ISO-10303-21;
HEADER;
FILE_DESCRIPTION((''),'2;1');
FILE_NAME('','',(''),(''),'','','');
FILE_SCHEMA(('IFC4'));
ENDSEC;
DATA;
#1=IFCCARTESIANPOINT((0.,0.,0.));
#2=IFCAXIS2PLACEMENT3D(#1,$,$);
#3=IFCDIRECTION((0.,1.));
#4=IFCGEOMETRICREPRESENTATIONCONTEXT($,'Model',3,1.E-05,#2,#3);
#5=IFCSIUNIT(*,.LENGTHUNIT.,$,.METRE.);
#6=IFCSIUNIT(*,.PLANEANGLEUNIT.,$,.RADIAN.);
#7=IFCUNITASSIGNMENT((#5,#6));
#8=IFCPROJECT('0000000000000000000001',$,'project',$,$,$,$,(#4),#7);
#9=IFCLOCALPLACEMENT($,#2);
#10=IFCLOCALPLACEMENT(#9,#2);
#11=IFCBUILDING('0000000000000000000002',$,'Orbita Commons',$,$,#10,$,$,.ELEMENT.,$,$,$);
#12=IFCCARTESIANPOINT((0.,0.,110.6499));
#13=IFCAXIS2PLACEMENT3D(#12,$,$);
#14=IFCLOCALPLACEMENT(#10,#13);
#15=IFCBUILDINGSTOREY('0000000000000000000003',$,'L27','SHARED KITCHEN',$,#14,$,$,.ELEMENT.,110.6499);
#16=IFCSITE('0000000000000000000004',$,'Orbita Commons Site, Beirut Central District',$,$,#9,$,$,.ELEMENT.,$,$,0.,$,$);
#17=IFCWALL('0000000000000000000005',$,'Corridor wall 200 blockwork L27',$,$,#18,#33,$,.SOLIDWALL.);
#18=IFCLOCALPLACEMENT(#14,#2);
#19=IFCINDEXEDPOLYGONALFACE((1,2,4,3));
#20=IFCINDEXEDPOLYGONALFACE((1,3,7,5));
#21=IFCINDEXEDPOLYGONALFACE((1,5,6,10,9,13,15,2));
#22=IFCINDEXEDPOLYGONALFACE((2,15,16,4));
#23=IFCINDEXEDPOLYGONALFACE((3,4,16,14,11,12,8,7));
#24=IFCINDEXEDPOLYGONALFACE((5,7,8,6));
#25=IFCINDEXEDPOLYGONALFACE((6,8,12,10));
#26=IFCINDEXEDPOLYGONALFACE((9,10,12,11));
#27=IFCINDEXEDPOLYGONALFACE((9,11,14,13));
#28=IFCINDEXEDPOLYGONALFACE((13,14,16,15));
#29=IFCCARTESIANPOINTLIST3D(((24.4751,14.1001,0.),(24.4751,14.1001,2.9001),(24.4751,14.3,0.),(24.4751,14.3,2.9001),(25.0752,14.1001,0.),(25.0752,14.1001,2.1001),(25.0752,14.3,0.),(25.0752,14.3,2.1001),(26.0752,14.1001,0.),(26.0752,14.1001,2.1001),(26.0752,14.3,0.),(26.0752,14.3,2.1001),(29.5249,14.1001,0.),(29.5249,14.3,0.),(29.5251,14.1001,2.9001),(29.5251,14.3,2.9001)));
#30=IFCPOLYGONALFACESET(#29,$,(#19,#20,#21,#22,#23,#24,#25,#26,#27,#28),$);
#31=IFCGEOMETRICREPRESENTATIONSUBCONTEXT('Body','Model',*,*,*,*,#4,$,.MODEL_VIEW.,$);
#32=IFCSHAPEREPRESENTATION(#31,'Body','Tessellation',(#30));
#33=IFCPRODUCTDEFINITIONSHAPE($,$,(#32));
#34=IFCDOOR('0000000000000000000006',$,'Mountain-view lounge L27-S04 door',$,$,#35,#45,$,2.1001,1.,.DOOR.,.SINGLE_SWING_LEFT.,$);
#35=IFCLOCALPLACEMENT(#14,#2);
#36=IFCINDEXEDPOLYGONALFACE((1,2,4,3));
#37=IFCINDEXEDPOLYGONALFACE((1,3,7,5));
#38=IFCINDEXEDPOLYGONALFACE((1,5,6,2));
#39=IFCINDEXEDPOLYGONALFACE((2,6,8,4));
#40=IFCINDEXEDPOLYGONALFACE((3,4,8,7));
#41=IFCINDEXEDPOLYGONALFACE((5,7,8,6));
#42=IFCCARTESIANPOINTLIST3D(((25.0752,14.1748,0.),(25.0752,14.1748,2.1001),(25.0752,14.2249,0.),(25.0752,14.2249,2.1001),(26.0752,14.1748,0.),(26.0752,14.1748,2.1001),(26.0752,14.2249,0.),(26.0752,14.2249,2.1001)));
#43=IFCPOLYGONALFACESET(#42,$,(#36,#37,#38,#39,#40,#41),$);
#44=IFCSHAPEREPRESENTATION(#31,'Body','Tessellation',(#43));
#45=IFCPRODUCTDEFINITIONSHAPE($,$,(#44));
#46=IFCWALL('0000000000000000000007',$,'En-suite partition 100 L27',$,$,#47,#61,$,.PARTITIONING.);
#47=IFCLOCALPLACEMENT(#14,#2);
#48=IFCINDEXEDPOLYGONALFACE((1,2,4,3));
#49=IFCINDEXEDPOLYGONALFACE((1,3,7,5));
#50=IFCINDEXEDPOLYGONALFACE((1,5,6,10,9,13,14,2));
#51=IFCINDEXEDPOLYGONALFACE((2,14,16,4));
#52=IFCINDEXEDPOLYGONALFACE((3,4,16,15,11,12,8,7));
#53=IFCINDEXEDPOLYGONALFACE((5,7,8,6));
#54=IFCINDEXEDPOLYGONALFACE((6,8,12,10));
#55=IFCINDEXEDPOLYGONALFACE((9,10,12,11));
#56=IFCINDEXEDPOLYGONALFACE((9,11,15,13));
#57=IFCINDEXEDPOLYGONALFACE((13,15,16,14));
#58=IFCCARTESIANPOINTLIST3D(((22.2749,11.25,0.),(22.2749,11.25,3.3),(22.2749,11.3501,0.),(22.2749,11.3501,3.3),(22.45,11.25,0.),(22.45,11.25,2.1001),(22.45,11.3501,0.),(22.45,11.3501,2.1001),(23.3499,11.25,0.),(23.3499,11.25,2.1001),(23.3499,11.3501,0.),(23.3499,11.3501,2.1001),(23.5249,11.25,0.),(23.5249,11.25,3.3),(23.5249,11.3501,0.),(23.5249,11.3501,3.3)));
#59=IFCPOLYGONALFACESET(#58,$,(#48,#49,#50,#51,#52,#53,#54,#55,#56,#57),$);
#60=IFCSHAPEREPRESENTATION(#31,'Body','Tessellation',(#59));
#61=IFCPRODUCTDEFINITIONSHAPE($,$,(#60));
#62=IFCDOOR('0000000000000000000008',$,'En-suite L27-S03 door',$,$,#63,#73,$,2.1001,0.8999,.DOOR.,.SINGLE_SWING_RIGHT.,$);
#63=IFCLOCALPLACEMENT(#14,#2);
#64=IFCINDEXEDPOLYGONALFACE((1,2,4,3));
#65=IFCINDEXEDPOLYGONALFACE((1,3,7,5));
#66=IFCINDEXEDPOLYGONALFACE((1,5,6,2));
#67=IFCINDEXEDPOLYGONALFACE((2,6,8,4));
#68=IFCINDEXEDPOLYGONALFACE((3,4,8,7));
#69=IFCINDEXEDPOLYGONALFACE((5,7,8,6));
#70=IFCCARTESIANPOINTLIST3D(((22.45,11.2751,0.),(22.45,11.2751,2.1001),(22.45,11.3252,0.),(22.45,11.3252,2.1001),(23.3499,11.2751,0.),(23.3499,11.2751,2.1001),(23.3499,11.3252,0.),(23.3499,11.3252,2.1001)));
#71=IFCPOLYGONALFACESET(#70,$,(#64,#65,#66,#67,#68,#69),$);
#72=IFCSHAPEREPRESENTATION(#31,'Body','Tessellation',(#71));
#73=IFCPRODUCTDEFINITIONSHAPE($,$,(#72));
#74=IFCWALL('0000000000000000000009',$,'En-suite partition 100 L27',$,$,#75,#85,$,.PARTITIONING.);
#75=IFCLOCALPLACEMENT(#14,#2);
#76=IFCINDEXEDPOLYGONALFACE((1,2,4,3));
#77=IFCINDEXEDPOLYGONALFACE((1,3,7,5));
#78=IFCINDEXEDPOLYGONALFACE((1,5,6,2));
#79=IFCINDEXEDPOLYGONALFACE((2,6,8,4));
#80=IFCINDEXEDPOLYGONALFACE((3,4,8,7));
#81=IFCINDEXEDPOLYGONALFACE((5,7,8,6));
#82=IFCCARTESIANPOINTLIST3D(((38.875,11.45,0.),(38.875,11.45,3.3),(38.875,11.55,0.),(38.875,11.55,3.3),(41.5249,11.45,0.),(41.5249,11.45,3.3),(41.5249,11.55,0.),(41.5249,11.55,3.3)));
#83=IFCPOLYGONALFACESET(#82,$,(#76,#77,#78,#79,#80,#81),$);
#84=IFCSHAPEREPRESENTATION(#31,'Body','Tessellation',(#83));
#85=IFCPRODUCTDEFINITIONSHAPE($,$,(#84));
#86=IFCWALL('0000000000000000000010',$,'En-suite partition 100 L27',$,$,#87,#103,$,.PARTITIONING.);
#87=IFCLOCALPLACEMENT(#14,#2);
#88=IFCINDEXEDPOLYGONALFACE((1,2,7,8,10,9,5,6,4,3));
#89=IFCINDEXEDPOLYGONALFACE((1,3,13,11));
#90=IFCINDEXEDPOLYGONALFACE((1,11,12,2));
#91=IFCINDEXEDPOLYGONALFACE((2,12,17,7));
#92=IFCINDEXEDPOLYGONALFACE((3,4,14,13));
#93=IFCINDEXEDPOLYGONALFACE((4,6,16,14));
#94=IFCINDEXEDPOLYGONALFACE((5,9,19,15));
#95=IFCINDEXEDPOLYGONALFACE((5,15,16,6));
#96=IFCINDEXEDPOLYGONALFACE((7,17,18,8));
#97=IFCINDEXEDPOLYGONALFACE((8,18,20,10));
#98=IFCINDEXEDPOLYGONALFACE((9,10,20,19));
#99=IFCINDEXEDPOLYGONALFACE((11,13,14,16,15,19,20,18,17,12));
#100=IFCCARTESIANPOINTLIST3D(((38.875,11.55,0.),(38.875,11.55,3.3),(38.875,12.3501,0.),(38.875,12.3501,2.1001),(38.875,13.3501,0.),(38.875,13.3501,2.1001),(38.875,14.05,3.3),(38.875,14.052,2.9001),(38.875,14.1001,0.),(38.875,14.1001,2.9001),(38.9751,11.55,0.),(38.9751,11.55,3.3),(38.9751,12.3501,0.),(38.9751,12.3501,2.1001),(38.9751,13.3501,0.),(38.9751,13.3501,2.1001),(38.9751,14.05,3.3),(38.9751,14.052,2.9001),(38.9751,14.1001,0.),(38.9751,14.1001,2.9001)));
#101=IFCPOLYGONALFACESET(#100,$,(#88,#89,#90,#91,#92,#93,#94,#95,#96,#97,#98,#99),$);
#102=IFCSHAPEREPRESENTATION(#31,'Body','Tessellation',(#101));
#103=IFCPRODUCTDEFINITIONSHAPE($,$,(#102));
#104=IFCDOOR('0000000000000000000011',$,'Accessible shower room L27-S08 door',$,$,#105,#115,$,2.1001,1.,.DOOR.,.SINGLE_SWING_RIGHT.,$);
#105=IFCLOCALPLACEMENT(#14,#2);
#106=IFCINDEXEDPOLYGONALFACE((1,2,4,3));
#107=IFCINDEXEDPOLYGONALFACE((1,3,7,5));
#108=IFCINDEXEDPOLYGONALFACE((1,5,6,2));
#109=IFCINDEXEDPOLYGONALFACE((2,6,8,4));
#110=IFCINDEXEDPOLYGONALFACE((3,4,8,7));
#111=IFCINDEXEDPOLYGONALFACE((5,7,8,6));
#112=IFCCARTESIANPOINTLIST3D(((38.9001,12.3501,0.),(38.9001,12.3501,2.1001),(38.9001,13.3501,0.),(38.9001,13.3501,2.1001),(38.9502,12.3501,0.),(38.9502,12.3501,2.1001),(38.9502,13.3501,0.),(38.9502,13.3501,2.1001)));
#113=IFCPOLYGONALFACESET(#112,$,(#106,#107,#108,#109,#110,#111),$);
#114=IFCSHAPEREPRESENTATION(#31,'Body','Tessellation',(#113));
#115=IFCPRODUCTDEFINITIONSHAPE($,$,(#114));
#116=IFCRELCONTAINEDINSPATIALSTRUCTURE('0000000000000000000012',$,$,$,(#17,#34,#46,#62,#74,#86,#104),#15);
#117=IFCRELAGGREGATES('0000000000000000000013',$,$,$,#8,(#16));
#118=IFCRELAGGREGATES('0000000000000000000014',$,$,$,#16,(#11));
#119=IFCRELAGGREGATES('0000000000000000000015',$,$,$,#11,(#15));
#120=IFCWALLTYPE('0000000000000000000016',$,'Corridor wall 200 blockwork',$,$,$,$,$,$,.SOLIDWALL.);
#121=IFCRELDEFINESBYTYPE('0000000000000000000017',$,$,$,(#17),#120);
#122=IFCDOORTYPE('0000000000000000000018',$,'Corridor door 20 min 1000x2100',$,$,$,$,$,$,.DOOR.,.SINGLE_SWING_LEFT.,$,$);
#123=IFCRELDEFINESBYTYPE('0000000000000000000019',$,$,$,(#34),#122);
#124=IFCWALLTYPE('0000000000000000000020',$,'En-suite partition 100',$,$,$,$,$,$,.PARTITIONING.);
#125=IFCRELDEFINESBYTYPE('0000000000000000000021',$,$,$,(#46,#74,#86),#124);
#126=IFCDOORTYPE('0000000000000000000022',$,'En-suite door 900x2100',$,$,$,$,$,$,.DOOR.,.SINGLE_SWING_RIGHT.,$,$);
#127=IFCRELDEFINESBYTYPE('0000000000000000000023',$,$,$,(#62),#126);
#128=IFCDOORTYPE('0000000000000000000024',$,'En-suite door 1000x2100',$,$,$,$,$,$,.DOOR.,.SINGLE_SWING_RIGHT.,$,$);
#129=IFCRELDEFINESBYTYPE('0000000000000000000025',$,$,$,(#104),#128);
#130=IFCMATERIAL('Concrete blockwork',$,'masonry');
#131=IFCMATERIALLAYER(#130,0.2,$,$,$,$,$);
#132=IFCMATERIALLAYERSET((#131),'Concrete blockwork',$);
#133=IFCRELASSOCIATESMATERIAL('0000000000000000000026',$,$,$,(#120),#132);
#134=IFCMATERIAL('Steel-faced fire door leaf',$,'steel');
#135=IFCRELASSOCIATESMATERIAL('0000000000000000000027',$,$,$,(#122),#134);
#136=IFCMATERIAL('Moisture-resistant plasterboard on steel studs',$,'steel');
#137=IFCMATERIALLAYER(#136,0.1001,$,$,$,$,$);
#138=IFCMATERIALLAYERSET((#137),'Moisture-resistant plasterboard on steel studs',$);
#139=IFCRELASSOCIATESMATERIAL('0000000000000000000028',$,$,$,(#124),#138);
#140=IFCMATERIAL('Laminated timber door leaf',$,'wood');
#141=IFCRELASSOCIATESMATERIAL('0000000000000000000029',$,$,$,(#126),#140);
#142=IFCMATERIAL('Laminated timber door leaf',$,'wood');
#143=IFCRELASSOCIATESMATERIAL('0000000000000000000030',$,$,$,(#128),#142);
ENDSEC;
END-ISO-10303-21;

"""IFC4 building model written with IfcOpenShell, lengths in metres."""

from ifc_helpers import new_model, si_unit, direction, frame, frame_2d, origin, place, context, subcontext, project, spatial, polyline, rectangle, outline, extrude, material, layer, layer_set, type_object, element, fill, save


model = new_model("IFC4")

# Units and contexts
model_context = context("Model", 3, precision=1e-05, world=origin(), true_north=direction((0.0, 1.0)))
body_context = subcontext(model_context, "Body", "Model", "MODEL_VIEW")
ifc_project = project(units=[si_unit("LENGTHUNIT", "METRE"), si_unit("PLANEANGLEUNIT", "RADIAN")], contexts=[model_context])

# Site, building, storey
site_placement = place(None, origin())
site = spatial("IfcSite", under=ifc_project, at=site_placement, Name="Orbita Commons Site, Beirut Central District", CompositionType="ELEMENT", RefElevation=0.0)
building_placement = place(site_placement, origin())
building = spatial("IfcBuilding", under=site, at=building_placement, Name="Orbita Commons", CompositionType="ELEMENT")
storey_placement = place(building_placement, frame((0.0, 0.0, 110.6499)))
storey = spatial("IfcBuildingStorey", under=building, at=storey_placement, Name="L27", Description="SHARED KITCHEN", CompositionType="ELEMENT", Elevation=110.6499)

# Walls, openings, doors
ifc_material_1 = material(Name="Concrete blockwork", Category="masonry")
ifc_layer_1 = layer(ifc_material_1, 0.2)
ifc_layer_set_1 = layer_set([ifc_layer_1], Name="Concrete blockwork")
wall_type_1 = type_object("IfcWallType", Name="Corridor wall 200 blockwork", PredefinedType="SOLIDWALL", material=ifc_layer_set_1)
wall_1_placement = place(storey_placement, frame((24.4751, 14.2, 0.0), z_axis=(0.0, 0.0, 1.0), x_axis=(1.0, 0.0, 0.0)))
wall_1 = element("IfcWall", 1, at=wall_1_placement, inside=storey, type_object=wall_type_1, Name="Corridor wall 200 blockwork L27", PredefinedType="SOLIDWALL", context=body_context, shape_type="SweptSolid", body=[
    extrude(outline(polyline([(0.0, 0.0), (5.0498, 0.0), (5.05, 2.9001), (0.0, 2.9001), (0.0, 0.0)])), frame((0.0, 0.1001, 0.0), z_axis=(0.0, -1.0, 0.0), x_axis=(1.0, 0.0, 0.0)), (0.0, 0.0, 1.0), 0.2),
])
opening_1_placement = place(wall_1_placement, frame((0.6001, 0.0, 0.0)))
opening_1 = element("IfcOpeningElement", 2, at=opening_1_placement, cuts=wall_1, PredefinedType="OPENING", context=body_context, shape_type="SweptSolid", body=[
    extrude(rectangle(XDim=1.0, YDim=2.1001, at=frame_2d((0.5, 1.05))), frame((0.0, 0.1099, 0.0), z_axis=(0.0, -1.0, 0.0), x_axis=(1.0, 0.0, 0.0)), (0.0, 0.0, 1.0), 0.22),
])
ifc_material_2 = material(Name="Steel-faced fire door leaf", Category="steel")
door_type_1 = type_object("IfcDoorType", Name="Corridor door 20 min 1000x2100", OperationType="SINGLE_SWING_LEFT", PredefinedType="DOOR", material=ifc_material_2)
door_1_placement = place(opening_1_placement, origin())
door_1 = element("IfcDoor", 3, at=door_1_placement, inside=storey, type_object=door_type_1, Name="Mountain-view lounge L27-S04 door", OperationType="SINGLE_SWING_LEFT", OverallHeight=2.1001, OverallWidth=1.0, PredefinedType="DOOR", context=body_context, shape_type="SweptSolid", body=[
    extrude(rectangle(XDim=1.0, YDim=2.1001, at=frame_2d((0.5, 1.05))), frame((0.0, 0.0249, 0.0), z_axis=(0.0, -1.0, 0.0), x_axis=(1.0, 0.0, 0.0)), (0.0, 0.0, 1.0), 0.05),
])
fill(opening_1, door_1)
ifc_material_3 = material(Name="Moisture-resistant plasterboard on steel studs", Category="steel")
ifc_layer_2 = layer(ifc_material_3, 0.1001)
ifc_layer_set_2 = layer_set([ifc_layer_2], Name="Moisture-resistant plasterboard on steel studs")
wall_type_2 = type_object("IfcWallType", Name="En-suite partition 100", PredefinedType="PARTITIONING", material=ifc_layer_set_2)
wall_2_placement = place(storey_placement, frame((23.5249, 11.3, 0.0), z_axis=(0.0, 0.0, 1.0), x_axis=(-1.0, 0.0, 0.0)))
wall_2 = element("IfcWall", 4, at=wall_2_placement, inside=storey, type_object=wall_type_2, Name="En-suite partition 100 L27", PredefinedType="PARTITIONING", context=body_context, shape_type="SweptSolid", body=[
    extrude(rectangle(XDim=1.25, YDim=0.1001, at=frame_2d((0.625, 0.0))), origin(), (0.0, 0.0, 1.0), 3.3),
])
opening_2_placement = place(wall_2_placement, frame((0.175, 0.0, 0.0)))
opening_2 = element("IfcOpeningElement", 5, at=opening_2_placement, cuts=wall_2, PredefinedType="OPENING", context=body_context, shape_type="SweptSolid", body=[
    extrude(rectangle(XDim=0.8999, YDim=2.1001, at=frame_2d((0.45, 1.05))), frame((0.0, 0.0601, 0.0), z_axis=(0.0, -1.0, 0.0), x_axis=(1.0, 0.0, 0.0)), (0.0, 0.0, 1.0), 0.1201),
])
ifc_material_4 = material(Name="Laminated timber door leaf", Category="wood")
door_type_2 = type_object("IfcDoorType", Name="En-suite door 900x2100", OperationType="SINGLE_SWING_RIGHT", PredefinedType="DOOR", material=ifc_material_4)
door_2_placement = place(opening_2_placement, origin())
door_2 = element("IfcDoor", 6, at=door_2_placement, inside=storey, type_object=door_type_2, Name="En-suite L27-S03 door", OperationType="SINGLE_SWING_RIGHT", OverallHeight=2.1001, OverallWidth=0.8999, PredefinedType="DOOR", context=body_context, shape_type="SweptSolid", body=[
    extrude(rectangle(XDim=0.8999, YDim=2.1001, at=frame_2d((0.45, 1.05))), frame((0.0, 0.0249, 0.0), z_axis=(0.0, -1.0, 0.0), x_axis=(1.0, 0.0, 0.0)), (0.0, 0.0, 1.0), 0.05),
])
fill(opening_2, door_2)

# Wall
wall_3_placement = place(storey_placement, frame((38.875, 11.5, 0.0), z_axis=(0.0, 0.0, 1.0), x_axis=(1.0, 0.0, 0.0)))
element("IfcWall", 7, at=wall_3_placement, inside=storey, type_object=wall_type_2, Name="En-suite partition 100 L27", PredefinedType="PARTITIONING", context=body_context, shape_type="SweptSolid", body=[
    extrude(rectangle(XDim=2.6499, YDim=0.1001, at=frame_2d((1.325, 0.0))), origin(), (0.0, 0.0, 1.0), 3.3),
])

# Wall, opening, door
wall_4_placement = place(storey_placement, frame((38.925, 11.55, 0.0), z_axis=(0.0, 0.0, 1.0), x_axis=(0.0, 1.0, 0.0)))
wall_4 = element("IfcWall", 8, at=wall_4_placement, inside=storey, type_object=wall_type_2, Name="En-suite partition 100 L27", PredefinedType="PARTITIONING", context=body_context, shape_type="SweptSolid", body=[
    extrude(outline(polyline([(0.0, 0.0), (2.55, 0.0), (2.55, 2.9001), (2.502, 2.9001), (2.5, 3.3), (0.0, 3.3), (0.0, 0.0)])), frame((0.0, 0.05, 0.0), z_axis=(0.0, -1.0, 0.0), x_axis=(1.0, 0.0, 0.0)), (0.0, 0.0, 1.0), 0.1001),
])
opening_3_placement = place(wall_4_placement, frame((0.8, 0.0, 0.0)))
opening_3 = element("IfcOpeningElement", 9, at=opening_3_placement, cuts=wall_4, PredefinedType="OPENING", context=body_context, shape_type="SweptSolid", body=[
    extrude(rectangle(XDim=1.0, YDim=2.1001, at=frame_2d((0.5, 1.05))), frame((0.0, 0.0601, 0.0), z_axis=(0.0, -1.0, 0.0), x_axis=(1.0, 0.0, 0.0)), (0.0, 0.0, 1.0), 0.1201),
])
ifc_material_5 = material(Name="Laminated timber door leaf", Category="wood")
door_type_3 = type_object("IfcDoorType", Name="En-suite door 1000x2100", OperationType="SINGLE_SWING_RIGHT", PredefinedType="DOOR", material=ifc_material_5)
door_3_placement = place(opening_3_placement, origin())
door_3 = element("IfcDoor", 10, at=door_3_placement, inside=storey, type_object=door_type_3, Name="Accessible shower room L27-S08 door", OperationType="SINGLE_SWING_RIGHT", OverallHeight=2.1001, OverallWidth=1.0, PredefinedType="DOOR", context=body_context, shape_type="SweptSolid", body=[
    extrude(rectangle(XDim=1.0, YDim=2.1001, at=frame_2d((0.5, 1.05))), frame((0.0, 0.0249, 0.0), z_axis=(0.0, -1.0, 0.0), x_axis=(1.0, 0.0, 0.0)), (0.0, 0.0, 1.0), 0.05),
])
fill(opening_3, door_3)

save(model, "model.ifc")
